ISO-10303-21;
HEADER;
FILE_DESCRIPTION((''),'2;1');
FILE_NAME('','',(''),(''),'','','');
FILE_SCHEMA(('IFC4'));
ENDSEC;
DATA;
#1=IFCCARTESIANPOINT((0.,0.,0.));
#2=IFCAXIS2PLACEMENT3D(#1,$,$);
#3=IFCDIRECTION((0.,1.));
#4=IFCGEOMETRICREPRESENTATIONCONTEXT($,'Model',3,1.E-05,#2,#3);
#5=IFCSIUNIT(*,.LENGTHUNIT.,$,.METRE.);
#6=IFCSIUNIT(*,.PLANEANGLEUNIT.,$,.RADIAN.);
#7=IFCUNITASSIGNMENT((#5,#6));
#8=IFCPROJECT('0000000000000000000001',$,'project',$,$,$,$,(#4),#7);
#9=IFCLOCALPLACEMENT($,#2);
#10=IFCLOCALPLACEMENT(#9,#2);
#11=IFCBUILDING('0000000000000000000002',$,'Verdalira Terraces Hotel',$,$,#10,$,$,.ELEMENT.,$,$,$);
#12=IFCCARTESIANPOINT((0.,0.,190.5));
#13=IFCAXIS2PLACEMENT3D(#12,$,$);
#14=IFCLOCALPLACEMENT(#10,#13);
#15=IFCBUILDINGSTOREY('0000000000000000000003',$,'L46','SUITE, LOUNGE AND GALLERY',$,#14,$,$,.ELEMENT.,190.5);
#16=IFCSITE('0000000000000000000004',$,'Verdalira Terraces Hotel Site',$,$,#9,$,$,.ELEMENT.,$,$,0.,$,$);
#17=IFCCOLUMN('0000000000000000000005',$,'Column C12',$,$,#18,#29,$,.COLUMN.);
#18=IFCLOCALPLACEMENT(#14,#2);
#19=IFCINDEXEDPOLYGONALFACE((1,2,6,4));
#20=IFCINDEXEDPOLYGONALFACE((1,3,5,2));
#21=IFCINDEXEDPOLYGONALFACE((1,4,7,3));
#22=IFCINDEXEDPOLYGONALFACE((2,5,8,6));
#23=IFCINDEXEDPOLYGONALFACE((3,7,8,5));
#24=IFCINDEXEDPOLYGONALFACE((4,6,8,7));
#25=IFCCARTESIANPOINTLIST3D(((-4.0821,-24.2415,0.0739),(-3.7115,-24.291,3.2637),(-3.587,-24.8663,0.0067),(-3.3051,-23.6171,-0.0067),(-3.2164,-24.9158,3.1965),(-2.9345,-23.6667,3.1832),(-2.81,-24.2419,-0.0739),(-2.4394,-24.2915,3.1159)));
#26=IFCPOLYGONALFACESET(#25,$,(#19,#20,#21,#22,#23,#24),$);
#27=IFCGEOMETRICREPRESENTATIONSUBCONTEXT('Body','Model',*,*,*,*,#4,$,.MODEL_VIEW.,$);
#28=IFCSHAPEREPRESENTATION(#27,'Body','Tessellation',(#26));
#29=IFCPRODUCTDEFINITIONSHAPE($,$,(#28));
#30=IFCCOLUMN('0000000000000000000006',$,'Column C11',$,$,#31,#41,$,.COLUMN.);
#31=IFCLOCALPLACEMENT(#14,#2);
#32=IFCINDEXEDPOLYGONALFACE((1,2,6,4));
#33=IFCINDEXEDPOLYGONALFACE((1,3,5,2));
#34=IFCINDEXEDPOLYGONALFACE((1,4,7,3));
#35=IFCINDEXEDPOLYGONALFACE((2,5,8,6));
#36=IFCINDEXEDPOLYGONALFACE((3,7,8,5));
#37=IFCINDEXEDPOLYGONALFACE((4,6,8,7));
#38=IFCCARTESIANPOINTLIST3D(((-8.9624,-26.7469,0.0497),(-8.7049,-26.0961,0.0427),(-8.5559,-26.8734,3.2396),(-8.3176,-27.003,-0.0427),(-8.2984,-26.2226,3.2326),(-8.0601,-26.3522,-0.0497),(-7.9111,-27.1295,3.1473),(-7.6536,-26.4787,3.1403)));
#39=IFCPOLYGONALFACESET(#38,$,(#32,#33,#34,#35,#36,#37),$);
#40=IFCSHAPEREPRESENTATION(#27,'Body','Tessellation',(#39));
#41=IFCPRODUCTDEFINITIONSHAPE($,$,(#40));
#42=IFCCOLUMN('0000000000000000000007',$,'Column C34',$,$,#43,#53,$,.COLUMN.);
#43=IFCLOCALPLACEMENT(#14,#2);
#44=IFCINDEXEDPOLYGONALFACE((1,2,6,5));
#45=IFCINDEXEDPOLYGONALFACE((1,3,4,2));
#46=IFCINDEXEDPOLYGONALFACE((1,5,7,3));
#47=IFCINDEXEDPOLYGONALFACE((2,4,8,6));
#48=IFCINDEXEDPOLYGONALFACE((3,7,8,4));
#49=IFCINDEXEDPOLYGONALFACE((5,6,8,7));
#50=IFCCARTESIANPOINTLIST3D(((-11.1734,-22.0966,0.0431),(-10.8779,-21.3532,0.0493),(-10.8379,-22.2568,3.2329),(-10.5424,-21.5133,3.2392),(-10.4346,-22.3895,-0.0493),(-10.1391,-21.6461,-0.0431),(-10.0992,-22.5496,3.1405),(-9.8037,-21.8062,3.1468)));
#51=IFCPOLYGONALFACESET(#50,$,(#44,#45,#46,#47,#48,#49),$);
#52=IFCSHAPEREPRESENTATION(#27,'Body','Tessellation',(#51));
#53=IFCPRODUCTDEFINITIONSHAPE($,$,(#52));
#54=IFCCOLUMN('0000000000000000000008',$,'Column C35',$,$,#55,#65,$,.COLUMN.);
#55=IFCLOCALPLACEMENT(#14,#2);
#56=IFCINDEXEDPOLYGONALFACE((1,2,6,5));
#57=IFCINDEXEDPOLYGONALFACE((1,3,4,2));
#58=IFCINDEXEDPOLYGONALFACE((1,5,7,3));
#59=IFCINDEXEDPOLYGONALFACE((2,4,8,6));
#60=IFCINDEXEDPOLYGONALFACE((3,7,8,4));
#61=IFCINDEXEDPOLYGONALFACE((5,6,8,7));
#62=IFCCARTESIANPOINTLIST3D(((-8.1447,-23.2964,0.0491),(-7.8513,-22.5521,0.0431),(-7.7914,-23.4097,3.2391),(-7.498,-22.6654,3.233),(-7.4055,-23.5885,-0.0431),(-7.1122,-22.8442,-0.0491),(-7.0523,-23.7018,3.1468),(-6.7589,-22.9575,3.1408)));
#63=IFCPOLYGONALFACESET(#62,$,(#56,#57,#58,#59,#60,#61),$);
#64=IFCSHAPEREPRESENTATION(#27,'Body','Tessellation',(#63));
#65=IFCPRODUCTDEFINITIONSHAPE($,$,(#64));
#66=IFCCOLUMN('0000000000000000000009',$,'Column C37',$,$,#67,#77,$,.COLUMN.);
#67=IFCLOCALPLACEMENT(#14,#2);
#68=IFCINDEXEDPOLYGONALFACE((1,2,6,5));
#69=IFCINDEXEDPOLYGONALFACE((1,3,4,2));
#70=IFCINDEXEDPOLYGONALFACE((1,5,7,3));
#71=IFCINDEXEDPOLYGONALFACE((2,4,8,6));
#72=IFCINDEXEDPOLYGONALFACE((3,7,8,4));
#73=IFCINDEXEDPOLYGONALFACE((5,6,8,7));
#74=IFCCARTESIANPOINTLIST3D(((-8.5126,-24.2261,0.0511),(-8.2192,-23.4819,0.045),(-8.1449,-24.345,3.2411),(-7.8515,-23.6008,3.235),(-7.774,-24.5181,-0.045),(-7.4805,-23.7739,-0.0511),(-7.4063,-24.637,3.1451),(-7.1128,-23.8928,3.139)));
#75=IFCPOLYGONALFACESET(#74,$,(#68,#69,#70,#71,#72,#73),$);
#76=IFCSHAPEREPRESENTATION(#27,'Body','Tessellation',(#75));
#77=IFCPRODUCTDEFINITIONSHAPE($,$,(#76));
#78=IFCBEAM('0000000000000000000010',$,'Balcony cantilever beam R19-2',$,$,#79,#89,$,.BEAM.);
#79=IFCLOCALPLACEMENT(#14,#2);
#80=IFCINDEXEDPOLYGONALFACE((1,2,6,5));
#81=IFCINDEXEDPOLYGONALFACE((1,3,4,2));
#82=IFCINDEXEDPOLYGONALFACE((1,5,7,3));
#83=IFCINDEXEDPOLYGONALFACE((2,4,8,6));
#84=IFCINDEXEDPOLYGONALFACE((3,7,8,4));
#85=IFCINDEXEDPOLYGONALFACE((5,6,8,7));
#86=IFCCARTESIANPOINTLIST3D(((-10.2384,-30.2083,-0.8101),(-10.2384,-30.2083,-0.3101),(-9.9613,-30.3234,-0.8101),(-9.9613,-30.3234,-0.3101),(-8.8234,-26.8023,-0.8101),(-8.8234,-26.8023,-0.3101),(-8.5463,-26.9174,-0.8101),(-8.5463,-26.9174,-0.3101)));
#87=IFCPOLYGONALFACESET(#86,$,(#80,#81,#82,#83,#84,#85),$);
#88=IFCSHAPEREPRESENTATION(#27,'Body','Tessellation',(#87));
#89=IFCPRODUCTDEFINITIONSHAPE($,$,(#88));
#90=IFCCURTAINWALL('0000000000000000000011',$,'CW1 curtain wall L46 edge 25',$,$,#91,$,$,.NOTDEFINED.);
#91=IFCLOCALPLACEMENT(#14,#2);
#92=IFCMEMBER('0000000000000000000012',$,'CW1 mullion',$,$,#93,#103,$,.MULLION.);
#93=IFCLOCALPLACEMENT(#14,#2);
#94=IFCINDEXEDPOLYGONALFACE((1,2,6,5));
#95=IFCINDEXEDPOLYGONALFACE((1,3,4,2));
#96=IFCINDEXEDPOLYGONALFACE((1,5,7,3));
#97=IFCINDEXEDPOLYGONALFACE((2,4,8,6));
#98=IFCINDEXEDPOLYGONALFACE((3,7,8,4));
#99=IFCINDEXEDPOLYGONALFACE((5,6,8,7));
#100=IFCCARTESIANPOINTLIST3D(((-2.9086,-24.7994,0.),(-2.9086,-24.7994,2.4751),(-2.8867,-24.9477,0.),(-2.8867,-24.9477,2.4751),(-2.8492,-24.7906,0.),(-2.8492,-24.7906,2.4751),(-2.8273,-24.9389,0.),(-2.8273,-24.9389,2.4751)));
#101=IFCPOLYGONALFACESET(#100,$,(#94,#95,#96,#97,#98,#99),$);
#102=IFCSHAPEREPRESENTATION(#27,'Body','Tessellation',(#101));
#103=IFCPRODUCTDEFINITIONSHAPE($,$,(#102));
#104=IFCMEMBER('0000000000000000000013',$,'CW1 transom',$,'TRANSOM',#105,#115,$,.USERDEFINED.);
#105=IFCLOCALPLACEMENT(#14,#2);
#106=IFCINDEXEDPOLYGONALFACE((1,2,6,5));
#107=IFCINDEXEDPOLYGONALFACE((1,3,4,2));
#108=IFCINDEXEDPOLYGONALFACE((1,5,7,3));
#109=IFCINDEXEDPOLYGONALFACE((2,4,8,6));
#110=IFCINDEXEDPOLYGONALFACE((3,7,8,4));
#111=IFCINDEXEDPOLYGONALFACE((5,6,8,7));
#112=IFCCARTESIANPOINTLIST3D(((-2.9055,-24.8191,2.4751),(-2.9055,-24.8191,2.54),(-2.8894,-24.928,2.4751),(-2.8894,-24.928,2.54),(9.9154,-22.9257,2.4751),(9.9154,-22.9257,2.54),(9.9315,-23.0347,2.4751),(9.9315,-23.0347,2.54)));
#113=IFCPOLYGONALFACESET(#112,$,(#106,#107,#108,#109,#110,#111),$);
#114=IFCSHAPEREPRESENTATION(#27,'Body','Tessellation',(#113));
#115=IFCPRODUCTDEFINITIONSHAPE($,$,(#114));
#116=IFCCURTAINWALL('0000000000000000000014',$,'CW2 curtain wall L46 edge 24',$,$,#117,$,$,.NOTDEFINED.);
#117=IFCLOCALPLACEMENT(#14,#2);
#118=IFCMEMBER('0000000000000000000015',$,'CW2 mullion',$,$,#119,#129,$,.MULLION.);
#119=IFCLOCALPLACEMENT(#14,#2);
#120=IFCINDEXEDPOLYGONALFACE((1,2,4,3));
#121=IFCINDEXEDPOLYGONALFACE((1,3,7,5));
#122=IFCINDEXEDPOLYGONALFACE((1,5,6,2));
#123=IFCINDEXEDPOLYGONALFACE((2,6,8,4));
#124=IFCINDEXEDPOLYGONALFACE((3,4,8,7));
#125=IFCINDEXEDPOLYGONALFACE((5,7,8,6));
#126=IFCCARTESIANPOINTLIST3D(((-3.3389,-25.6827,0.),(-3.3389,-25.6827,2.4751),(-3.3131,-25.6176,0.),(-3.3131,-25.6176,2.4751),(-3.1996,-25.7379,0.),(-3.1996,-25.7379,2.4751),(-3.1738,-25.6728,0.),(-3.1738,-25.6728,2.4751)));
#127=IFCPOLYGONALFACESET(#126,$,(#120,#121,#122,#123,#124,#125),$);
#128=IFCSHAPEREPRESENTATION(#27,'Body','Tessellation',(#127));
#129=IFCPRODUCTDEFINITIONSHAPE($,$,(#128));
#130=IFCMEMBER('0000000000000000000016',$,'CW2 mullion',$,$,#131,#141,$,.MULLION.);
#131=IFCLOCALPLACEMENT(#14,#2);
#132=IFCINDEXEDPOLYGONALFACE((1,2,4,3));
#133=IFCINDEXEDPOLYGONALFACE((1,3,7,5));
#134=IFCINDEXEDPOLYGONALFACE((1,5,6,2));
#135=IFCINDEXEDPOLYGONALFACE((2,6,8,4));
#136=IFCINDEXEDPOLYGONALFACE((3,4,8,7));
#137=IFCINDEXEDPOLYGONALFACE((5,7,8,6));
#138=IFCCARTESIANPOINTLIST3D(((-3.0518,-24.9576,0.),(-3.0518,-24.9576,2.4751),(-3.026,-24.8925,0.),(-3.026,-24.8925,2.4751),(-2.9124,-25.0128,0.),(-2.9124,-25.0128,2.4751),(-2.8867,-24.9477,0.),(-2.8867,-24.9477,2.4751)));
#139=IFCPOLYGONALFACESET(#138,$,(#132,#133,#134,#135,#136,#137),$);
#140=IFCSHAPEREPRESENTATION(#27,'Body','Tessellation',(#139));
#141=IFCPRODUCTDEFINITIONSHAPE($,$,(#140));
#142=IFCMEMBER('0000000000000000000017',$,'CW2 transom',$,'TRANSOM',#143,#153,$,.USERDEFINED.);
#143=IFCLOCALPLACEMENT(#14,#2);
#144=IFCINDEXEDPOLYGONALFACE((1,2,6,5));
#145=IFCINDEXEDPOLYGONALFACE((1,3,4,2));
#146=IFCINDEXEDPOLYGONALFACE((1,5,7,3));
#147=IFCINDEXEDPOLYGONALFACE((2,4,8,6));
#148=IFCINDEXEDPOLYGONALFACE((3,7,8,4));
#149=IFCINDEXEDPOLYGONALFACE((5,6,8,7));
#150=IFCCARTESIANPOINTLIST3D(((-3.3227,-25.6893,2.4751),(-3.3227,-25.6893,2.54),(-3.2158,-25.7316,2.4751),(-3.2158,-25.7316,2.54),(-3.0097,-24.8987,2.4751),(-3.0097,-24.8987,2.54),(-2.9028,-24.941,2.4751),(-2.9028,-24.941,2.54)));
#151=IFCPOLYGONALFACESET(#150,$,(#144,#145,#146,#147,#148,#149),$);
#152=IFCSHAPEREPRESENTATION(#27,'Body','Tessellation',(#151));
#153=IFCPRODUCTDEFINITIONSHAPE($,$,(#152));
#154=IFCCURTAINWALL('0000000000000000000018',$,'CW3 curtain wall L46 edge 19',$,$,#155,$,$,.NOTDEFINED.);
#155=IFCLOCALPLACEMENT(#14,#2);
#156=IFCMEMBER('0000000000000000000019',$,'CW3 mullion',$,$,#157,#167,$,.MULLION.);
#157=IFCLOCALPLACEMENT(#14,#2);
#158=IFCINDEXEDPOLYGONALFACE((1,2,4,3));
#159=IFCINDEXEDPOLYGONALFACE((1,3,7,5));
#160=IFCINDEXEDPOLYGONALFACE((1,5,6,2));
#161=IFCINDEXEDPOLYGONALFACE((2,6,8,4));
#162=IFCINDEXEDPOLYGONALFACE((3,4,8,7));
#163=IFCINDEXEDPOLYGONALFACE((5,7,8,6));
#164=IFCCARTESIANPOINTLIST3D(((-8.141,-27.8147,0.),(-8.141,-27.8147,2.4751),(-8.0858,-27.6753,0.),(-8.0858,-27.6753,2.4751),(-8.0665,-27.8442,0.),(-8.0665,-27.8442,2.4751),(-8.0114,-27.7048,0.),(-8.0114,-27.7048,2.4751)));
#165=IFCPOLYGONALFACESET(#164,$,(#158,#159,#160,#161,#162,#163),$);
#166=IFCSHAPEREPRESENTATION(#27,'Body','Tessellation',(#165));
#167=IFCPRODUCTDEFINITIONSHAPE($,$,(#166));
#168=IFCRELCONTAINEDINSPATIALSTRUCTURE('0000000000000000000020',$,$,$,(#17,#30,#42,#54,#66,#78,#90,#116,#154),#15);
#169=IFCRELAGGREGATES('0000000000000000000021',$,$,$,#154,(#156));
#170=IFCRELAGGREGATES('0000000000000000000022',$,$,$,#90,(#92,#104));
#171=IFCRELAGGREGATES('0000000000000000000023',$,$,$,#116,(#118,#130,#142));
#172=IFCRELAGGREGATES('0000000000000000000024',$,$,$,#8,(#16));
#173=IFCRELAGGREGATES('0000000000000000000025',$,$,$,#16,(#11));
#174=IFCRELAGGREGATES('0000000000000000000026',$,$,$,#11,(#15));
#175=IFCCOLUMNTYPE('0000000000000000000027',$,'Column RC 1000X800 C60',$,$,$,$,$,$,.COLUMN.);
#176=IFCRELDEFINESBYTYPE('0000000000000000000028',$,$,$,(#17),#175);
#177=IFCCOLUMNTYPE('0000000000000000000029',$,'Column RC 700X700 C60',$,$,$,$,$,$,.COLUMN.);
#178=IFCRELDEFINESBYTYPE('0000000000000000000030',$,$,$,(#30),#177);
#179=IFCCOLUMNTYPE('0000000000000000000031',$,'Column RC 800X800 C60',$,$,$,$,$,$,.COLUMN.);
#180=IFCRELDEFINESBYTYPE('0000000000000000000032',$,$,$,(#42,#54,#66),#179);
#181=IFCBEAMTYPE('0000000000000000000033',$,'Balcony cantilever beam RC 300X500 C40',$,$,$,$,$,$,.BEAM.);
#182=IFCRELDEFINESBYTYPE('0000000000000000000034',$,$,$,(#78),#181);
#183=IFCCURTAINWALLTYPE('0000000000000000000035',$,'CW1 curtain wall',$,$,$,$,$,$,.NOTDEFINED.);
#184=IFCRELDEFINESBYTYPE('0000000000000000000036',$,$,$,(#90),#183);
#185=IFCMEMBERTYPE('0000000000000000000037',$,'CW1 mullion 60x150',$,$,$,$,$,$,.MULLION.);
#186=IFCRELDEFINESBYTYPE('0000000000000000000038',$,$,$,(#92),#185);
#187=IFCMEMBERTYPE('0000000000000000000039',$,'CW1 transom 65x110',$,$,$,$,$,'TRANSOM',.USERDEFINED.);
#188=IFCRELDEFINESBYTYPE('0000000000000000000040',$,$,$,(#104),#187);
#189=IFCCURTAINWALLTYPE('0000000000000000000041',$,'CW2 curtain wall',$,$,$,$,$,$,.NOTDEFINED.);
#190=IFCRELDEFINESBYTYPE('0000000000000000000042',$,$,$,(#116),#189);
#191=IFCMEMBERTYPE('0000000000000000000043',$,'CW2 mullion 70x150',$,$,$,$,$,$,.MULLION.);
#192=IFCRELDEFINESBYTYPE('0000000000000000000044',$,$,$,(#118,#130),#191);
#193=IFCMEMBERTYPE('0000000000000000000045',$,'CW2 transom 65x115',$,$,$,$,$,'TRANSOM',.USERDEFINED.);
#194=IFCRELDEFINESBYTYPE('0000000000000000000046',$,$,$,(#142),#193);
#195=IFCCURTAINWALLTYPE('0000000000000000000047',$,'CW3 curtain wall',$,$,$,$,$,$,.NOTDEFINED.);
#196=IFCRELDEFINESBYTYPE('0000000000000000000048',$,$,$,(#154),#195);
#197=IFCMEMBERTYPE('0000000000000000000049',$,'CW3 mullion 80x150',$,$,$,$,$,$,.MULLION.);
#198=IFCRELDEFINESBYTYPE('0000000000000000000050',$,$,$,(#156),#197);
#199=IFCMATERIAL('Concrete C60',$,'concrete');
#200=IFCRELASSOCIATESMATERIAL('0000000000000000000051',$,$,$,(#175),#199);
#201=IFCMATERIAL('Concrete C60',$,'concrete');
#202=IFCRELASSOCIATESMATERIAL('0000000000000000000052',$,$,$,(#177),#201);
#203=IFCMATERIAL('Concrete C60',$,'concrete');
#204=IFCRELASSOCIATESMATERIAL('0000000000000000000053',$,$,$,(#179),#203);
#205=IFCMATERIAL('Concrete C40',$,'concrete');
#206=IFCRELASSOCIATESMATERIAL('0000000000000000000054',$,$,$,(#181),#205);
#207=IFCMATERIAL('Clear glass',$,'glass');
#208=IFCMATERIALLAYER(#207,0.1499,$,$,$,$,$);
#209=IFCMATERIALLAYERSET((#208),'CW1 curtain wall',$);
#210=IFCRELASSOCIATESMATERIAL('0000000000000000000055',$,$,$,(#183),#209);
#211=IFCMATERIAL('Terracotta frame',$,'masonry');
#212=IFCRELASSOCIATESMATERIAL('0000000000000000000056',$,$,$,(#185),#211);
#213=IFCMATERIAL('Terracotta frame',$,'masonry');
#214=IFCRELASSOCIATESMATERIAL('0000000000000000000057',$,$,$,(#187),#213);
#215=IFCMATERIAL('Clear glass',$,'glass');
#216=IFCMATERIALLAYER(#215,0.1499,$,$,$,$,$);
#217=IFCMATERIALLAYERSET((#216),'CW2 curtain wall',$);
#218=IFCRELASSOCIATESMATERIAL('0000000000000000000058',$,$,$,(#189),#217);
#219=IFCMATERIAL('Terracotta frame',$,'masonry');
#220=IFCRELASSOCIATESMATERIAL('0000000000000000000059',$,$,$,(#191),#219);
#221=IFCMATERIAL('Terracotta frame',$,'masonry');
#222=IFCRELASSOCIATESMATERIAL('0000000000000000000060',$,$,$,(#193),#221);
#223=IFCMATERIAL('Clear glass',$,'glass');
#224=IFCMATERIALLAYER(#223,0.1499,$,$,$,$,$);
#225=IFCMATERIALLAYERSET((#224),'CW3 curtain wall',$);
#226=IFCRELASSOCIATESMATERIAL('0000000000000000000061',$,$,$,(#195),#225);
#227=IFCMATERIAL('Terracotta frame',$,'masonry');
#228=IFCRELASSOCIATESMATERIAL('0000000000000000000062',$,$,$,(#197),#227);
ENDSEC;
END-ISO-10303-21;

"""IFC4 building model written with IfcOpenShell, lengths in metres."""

from ifc_helpers import new_model, si_unit, direction, frame, origin, origin_2d, place, context, subcontext, project, spatial, rectangle, extrude, material, layer, layer_set, material_profile, profile_set, type_object, element, aggregate, save


model = new_model("IFC4")

# Units and contexts
model_context = context("Model", 3, precision=1e-05, world=origin(), true_north=direction((0.0, 1.0)))
body_context = subcontext(model_context, "Body", "Model", "MODEL_VIEW")
ifc_project = project(units=[si_unit("LENGTHUNIT", "METRE"), si_unit("PLANEANGLEUNIT", "RADIAN")], contexts=[model_context])

# Site, building, storey
site_placement = place(None, origin())
site = spatial("IfcSite", under=ifc_project, at=site_placement, Name="Verdalira Terraces Hotel Site", CompositionType="ELEMENT", RefElevation=0.0)
building_placement = place(site_placement, origin())
building = spatial("IfcBuilding", under=site, at=building_placement, Name="Verdalira Terraces Hotel", CompositionType="ELEMENT")
storey_placement = place(building_placement, frame((0.0, 0.0, 190.5)))
storey = spatial("IfcBuildingStorey", under=building, at=storey_placement, Name="L46", Description="SUITE, LOUNGE AND GALLERY", CompositionType="ELEMENT", Elevation=190.5)

# Columns
ifc_material_1 = material(Name="Concrete C60", Category="concrete")
ifc_material_profile_1 = material_profile(ifc_material_1, rectangle(XDim=1.0, YDim=0.8, at=origin_2d()), Name="RC 1000X800")
ifc_profile_set_1 = profile_set([ifc_material_profile_1], Name="Concrete C60")
column_type_1 = type_object("IfcColumnType", Name="Column RC 1000X800 C60", PredefinedType="COLUMN", material=ifc_profile_set_1)
column_1_placement = place(storey_placement, frame((-3.446, -24.2417, 0.0), z_axis=(0.115389, -0.015431, 0.9932), x_axis=(-0.776978, -0.624351, 0.080569)))
element("IfcColumn", 1, at=column_1_placement, inside=storey, type_object=column_type_1, Name="Column C12", PredefinedType="COLUMN", context=body_context, shape_type="SweptSolid", body=[
    extrude(rectangle(XDim=1.0, YDim=0.8, at=origin_2d()), origin(), (0.0, 0.0, 1.0), 3.2117),
])
ifc_material_2 = material(Name="Concrete C60", Category="concrete")
ifc_material_profile_2 = material_profile(ifc_material_2, rectangle(XDim=0.7, YDim=0.7, at=origin_2d()), Name="RC 700X700")
ifc_profile_set_2 = profile_set([ifc_material_profile_2], Name="Concrete C60")
column_type_2 = type_object("IfcColumnType", Name="Column RC 700X700 C60", PredefinedType="COLUMN", material=ifc_profile_set_2)
column_2_placement = place(storey_placement, frame((-8.5112, -26.5496, 0.0), z_axis=(0.12631, -0.039296, 0.991212), x_axis=(0.92125, -0.365924, -0.131902)))
element("IfcColumn", 2, at=column_2_placement, inside=storey, type_object=column_type_2, Name="Column C11", PredefinedType="COLUMN", context=body_context, shape_type="SweptSolid", body=[
    extrude(rectangle(XDim=0.7, YDim=0.7, at=origin_2d()), origin(), (0.0, 0.0, 1.0), 3.2183),
])
ifc_material_3 = material(Name="Concrete C60", Category="concrete")
ifc_material_profile_3 = material_profile(ifc_material_3, rectangle(XDim=0.8, YDim=0.8, at=origin_2d()), Name="RC 800X800")
ifc_profile_set_3 = profile_set([ifc_material_profile_3], Name="Concrete C60")
column_type_3 = type_object("IfcColumnType", Name="Column RC 800X800 C60", PredefinedType="COLUMN", material=ifc_profile_set_3)
for number, where, z_axis, x_axis, name in (
    (3, (-10.6562, -21.8713, 0.0), (0.104452, -0.049869, 0.993279), (-0.369369, -0.92925, -0.007812), "Column C34"),
    (4, (-7.6284, -23.0703, 0.0), (0.110004, -0.035274, 0.993305), (-0.366682, -0.930316, 0.007571), "Column C35"),
):
    element("IfcColumn", number, at=place(storey_placement, frame(where, z_axis=z_axis, x_axis=x_axis)), inside=storey, type_object=column_type_3, Name=name, PredefinedType="COLUMN", context=body_context, shape_type="SweptSolid", body=[
        extrude(rectangle(XDim=0.8, YDim=0.8, at=origin_2d()), origin(), (0.0, 0.0, 1.0), 3.2114),
    ])
column_3_placement = place(storey_placement, frame((-7.9966, -24.0, 0.0), z_axis=(0.114424, -0.037002, 0.992743), x_axis=(-0.36681, -0.930265, 0.007606)))
element("IfcColumn", 5, at=column_3_placement, inside=storey, type_object=column_type_3, Name="Column C37", PredefinedType="COLUMN", context=body_context, shape_type="SweptSolid", body=[
    extrude(rectangle(XDim=0.8, YDim=0.8, at=origin_2d()), origin(), (0.0, 0.0, 1.0), 3.2134),
])

# Beam
ifc_material_4 = material(Name="Concrete C40", Category="concrete")
ifc_material_profile_4 = material_profile(ifc_material_4, rectangle(XDim=0.3, YDim=0.5, at=origin_2d()), Name="RC 300X500")
ifc_profile_set_4 = profile_set([ifc_material_profile_4], Name="Concrete C40")
beam_type_1 = type_object("IfcBeamType", Name="Balcony cantilever beam RC 300X500 C40", PredefinedType="BEAM", material=ifc_profile_set_4)
beam_1_placement = place(storey_placement, frame((-8.6848, -26.8599, -0.5601), z_axis=(-0.383661, -0.923474, 0.0), x_axis=(0.923474, -0.383661, 0.0)))
element("IfcBeam", 6, at=beam_1_placement, inside=storey, type_object=beam_type_1, Name="Balcony cantilever beam R19-2", PredefinedType="BEAM", context=body_context, shape_type="SweptSolid", body=[
    extrude(rectangle(XDim=0.3, YDim=0.5, at=origin_2d()), origin(), (0.0, 0.0, 1.0), 3.6882),
])

# Curtain walls, members
ifc_material_5 = material(Name="Clear glass", Category="glass")
ifc_layer_1 = layer(ifc_material_5, 0.1499)
ifc_layer_set_1 = layer_set([ifc_layer_1], Name="CW1 curtain wall")
curtain_wall_type_1 = type_object("IfcCurtainWallType", Name="CW1 curtain wall", PredefinedType="NOTDEFINED", material=ifc_layer_set_1)
curtain_wall_1_placement = place(storey_placement, origin())
curtain_wall_1 = element("IfcCurtainWall", 7, at=curtain_wall_1_placement, inside=storey, type_object=curtain_wall_type_1, Name="CW1 curtain wall L46 edge 25", PredefinedType="NOTDEFINED")
ifc_material_6 = material(Name="Terracotta frame", Category="masonry")
ifc_material_profile_5 = material_profile(ifc_material_6, rectangle(XDim=0.0601, YDim=0.1499, at=origin_2d()), Name="MU 60x150")
ifc_profile_set_5 = profile_set([ifc_material_profile_5], Name="Terracotta frame")
member_type_1 = type_object("IfcMemberType", Name="CW1 mullion 60x150", PredefinedType="MULLION", material=ifc_profile_set_5)
member_1_placement = place(storey_placement, frame((-2.8679, -24.8691, 0.0), z_axis=(0.0, 0.0, 1.0), x_axis=(0.989272, 0.146083, 0.0)))
member_1 = element("IfcMember", 8, at=member_1_placement, type_object=member_type_1, Name="CW1 mullion", PredefinedType="MULLION", context=body_context, shape_type="SweptSolid", body=[
    extrude(rectangle(XDim=0.0601, YDim=0.1499, at=origin_2d()), origin(), (0.0, 0.0, 1.0), 2.4751),
])
ifc_material_7 = material(Name="Terracotta frame", Category="masonry")
ifc_material_profile_6 = material_profile(ifc_material_7, rectangle(XDim=0.1101, YDim=0.0649, at=origin_2d()), Name="TR 65x110")
ifc_profile_set_6 = profile_set([ifc_material_profile_6], Name="Terracotta frame")
member_type_2 = type_object("IfcMemberType", Name="CW1 transom 65x110", ElementType="TRANSOM", PredefinedType="USERDEFINED", material=ifc_profile_set_6)
member_2_placement = place(storey_placement, frame((-2.8975, -24.8735, 2.5076), z_axis=(0.989271, 0.146091, 0.0), x_axis=(-0.146091, 0.989271, 0.0)))
member_2 = element("IfcMember", 9, at=member_2_placement, type_object=member_type_2, Name="CW1 transom", ObjectType="TRANSOM", PredefinedType="USERDEFINED", context=body_context, shape_type="SweptSolid", body=[
    extrude(rectangle(XDim=0.1101, YDim=0.0649, at=origin_2d()), origin(), (0.0, 0.0, 1.0), 12.96),
])
ifc_material_8 = material(Name="Clear glass", Category="glass")
ifc_layer_2 = layer(ifc_material_8, 0.1499)
ifc_layer_set_2 = layer_set([ifc_layer_2], Name="CW2 curtain wall")
curtain_wall_type_2 = type_object("IfcCurtainWallType", Name="CW2 curtain wall", PredefinedType="NOTDEFINED", material=ifc_layer_set_2)
curtain_wall_2_placement = place(storey_placement, origin())
curtain_wall_2 = element("IfcCurtainWall", 10, at=curtain_wall_2_placement, inside=storey, type_object=curtain_wall_type_2, Name="CW2 curtain wall L46 edge 24", PredefinedType="NOTDEFINED")
ifc_material_9 = material(Name="Terracotta frame", Category="masonry")
ifc_material_profile_7 = material_profile(ifc_material_9, rectangle(XDim=0.0701, YDim=0.1499, at=origin_2d()), Name="MU 70x150")
ifc_profile_set_7 = profile_set([ifc_material_profile_7], Name="Terracotta frame")
member_type_3 = type_object("IfcMemberType", Name="CW2 mullion 70x150", PredefinedType="MULLION", material=ifc_profile_set_7)
member_3_placement = place(storey_placement, frame((-3.2563, -25.6777, 0.0), z_axis=(0.0, 0.0, 1.0), x_axis=(0.368125, 0.929776, 0.0)))
member_3 = element("IfcMember", 11, at=member_3_placement, type_object=member_type_3, Name="CW2 mullion", PredefinedType="MULLION", context=body_context, shape_type="SweptSolid", body=[
    extrude(rectangle(XDim=0.0701, YDim=0.1499, at=origin_2d()), origin(), (0.0, 0.0, 1.0), 2.4751),
])
member_4_placement = place(storey_placement, frame((-2.9692, -24.9526, 0.0), z_axis=(0.0, 0.0, 1.0), x_axis=(0.368125, 0.929776, 0.0)))
member_4 = element("IfcMember", 12, at=member_4_placement, type_object=member_type_3, Name="CW2 mullion", PredefinedType="MULLION", context=body_context, shape_type="SweptSolid", body=[
    extrude(rectangle(XDim=0.0701, YDim=0.1499, at=origin_2d()), origin(), (0.0, 0.0, 1.0), 2.4751),
])
ifc_material_10 = material(Name="Terracotta frame", Category="masonry")
ifc_material_profile_8 = material_profile(ifc_material_10, rectangle(XDim=0.115, YDim=0.0649, at=origin_2d()), Name="TR 65x115")
ifc_profile_set_8 = profile_set([ifc_material_profile_8], Name="Terracotta frame")
member_type_4 = type_object("IfcMemberType", Name="CW2 transom 65x115", ElementType="TRANSOM", PredefinedType="USERDEFINED", material=ifc_profile_set_8)
member_5_placement = place(storey_placement, frame((-3.2693, -25.7104, 2.5076), z_axis=(0.368121, 0.929778, 0.0), x_axis=(-0.929778, 0.368121, 0.0)))
member_5 = element("IfcMember", 13, at=member_5_placement, type_object=member_type_4, Name="CW2 transom", ObjectType="TRANSOM", PredefinedType="USERDEFINED", context=body_context, shape_type="SweptSolid", body=[
    extrude(rectangle(XDim=0.115, YDim=0.0649, at=origin_2d()), origin(), (0.0, 0.0, 1.0), 0.8503),
])

# Curtain wall, member
ifc_material_11 = material(Name="Clear glass", Category="glass")
ifc_layer_3 = layer(ifc_material_11, 0.1499)
ifc_layer_set_3 = layer_set([ifc_layer_3], Name="CW3 curtain wall")
curtain_wall_type_3 = type_object("IfcCurtainWallType", Name="CW3 curtain wall", PredefinedType="NOTDEFINED", material=ifc_layer_set_3)
curtain_wall_3_placement = place(storey_placement, origin())
curtain_wall_3 = element("IfcCurtainWall", 14, at=curtain_wall_3_placement, inside=storey, type_object=curtain_wall_type_3, Name="CW3 curtain wall L46 edge 19", PredefinedType="NOTDEFINED")
ifc_material_12 = material(Name="Terracotta frame", Category="masonry")
ifc_material_profile_9 = material_profile(ifc_material_12, rectangle(XDim=0.0801, YDim=0.1499, at=origin_2d()), Name="MU 80x150")
ifc_profile_set_9 = profile_set([ifc_material_profile_9], Name="Terracotta frame")
member_type_5 = type_object("IfcMemberType", Name="CW3 mullion 80x150", PredefinedType="MULLION", material=ifc_profile_set_9)
member_6_placement = place(storey_placement, frame((-8.0762, -27.7598, 0.0), z_axis=(0.0, 0.0, 1.0), x_axis=(0.929776, -0.368125, 0.0)))
member_6 = element("IfcMember", 15, at=member_6_placement, type_object=member_type_5, Name="CW3 mullion", PredefinedType="MULLION", context=body_context, shape_type="SweptSolid", body=[
    extrude(rectangle(XDim=0.0801, YDim=0.1499, at=origin_2d()), origin(), (0.0, 0.0, 1.0), 2.4751),
])
aggregate(curtain_wall_3, [member_6])

aggregate(curtain_wall_1, [member_1, member_2])

aggregate(curtain_wall_2, [member_3, member_4, member_5])

save(model, "model.ifc")
